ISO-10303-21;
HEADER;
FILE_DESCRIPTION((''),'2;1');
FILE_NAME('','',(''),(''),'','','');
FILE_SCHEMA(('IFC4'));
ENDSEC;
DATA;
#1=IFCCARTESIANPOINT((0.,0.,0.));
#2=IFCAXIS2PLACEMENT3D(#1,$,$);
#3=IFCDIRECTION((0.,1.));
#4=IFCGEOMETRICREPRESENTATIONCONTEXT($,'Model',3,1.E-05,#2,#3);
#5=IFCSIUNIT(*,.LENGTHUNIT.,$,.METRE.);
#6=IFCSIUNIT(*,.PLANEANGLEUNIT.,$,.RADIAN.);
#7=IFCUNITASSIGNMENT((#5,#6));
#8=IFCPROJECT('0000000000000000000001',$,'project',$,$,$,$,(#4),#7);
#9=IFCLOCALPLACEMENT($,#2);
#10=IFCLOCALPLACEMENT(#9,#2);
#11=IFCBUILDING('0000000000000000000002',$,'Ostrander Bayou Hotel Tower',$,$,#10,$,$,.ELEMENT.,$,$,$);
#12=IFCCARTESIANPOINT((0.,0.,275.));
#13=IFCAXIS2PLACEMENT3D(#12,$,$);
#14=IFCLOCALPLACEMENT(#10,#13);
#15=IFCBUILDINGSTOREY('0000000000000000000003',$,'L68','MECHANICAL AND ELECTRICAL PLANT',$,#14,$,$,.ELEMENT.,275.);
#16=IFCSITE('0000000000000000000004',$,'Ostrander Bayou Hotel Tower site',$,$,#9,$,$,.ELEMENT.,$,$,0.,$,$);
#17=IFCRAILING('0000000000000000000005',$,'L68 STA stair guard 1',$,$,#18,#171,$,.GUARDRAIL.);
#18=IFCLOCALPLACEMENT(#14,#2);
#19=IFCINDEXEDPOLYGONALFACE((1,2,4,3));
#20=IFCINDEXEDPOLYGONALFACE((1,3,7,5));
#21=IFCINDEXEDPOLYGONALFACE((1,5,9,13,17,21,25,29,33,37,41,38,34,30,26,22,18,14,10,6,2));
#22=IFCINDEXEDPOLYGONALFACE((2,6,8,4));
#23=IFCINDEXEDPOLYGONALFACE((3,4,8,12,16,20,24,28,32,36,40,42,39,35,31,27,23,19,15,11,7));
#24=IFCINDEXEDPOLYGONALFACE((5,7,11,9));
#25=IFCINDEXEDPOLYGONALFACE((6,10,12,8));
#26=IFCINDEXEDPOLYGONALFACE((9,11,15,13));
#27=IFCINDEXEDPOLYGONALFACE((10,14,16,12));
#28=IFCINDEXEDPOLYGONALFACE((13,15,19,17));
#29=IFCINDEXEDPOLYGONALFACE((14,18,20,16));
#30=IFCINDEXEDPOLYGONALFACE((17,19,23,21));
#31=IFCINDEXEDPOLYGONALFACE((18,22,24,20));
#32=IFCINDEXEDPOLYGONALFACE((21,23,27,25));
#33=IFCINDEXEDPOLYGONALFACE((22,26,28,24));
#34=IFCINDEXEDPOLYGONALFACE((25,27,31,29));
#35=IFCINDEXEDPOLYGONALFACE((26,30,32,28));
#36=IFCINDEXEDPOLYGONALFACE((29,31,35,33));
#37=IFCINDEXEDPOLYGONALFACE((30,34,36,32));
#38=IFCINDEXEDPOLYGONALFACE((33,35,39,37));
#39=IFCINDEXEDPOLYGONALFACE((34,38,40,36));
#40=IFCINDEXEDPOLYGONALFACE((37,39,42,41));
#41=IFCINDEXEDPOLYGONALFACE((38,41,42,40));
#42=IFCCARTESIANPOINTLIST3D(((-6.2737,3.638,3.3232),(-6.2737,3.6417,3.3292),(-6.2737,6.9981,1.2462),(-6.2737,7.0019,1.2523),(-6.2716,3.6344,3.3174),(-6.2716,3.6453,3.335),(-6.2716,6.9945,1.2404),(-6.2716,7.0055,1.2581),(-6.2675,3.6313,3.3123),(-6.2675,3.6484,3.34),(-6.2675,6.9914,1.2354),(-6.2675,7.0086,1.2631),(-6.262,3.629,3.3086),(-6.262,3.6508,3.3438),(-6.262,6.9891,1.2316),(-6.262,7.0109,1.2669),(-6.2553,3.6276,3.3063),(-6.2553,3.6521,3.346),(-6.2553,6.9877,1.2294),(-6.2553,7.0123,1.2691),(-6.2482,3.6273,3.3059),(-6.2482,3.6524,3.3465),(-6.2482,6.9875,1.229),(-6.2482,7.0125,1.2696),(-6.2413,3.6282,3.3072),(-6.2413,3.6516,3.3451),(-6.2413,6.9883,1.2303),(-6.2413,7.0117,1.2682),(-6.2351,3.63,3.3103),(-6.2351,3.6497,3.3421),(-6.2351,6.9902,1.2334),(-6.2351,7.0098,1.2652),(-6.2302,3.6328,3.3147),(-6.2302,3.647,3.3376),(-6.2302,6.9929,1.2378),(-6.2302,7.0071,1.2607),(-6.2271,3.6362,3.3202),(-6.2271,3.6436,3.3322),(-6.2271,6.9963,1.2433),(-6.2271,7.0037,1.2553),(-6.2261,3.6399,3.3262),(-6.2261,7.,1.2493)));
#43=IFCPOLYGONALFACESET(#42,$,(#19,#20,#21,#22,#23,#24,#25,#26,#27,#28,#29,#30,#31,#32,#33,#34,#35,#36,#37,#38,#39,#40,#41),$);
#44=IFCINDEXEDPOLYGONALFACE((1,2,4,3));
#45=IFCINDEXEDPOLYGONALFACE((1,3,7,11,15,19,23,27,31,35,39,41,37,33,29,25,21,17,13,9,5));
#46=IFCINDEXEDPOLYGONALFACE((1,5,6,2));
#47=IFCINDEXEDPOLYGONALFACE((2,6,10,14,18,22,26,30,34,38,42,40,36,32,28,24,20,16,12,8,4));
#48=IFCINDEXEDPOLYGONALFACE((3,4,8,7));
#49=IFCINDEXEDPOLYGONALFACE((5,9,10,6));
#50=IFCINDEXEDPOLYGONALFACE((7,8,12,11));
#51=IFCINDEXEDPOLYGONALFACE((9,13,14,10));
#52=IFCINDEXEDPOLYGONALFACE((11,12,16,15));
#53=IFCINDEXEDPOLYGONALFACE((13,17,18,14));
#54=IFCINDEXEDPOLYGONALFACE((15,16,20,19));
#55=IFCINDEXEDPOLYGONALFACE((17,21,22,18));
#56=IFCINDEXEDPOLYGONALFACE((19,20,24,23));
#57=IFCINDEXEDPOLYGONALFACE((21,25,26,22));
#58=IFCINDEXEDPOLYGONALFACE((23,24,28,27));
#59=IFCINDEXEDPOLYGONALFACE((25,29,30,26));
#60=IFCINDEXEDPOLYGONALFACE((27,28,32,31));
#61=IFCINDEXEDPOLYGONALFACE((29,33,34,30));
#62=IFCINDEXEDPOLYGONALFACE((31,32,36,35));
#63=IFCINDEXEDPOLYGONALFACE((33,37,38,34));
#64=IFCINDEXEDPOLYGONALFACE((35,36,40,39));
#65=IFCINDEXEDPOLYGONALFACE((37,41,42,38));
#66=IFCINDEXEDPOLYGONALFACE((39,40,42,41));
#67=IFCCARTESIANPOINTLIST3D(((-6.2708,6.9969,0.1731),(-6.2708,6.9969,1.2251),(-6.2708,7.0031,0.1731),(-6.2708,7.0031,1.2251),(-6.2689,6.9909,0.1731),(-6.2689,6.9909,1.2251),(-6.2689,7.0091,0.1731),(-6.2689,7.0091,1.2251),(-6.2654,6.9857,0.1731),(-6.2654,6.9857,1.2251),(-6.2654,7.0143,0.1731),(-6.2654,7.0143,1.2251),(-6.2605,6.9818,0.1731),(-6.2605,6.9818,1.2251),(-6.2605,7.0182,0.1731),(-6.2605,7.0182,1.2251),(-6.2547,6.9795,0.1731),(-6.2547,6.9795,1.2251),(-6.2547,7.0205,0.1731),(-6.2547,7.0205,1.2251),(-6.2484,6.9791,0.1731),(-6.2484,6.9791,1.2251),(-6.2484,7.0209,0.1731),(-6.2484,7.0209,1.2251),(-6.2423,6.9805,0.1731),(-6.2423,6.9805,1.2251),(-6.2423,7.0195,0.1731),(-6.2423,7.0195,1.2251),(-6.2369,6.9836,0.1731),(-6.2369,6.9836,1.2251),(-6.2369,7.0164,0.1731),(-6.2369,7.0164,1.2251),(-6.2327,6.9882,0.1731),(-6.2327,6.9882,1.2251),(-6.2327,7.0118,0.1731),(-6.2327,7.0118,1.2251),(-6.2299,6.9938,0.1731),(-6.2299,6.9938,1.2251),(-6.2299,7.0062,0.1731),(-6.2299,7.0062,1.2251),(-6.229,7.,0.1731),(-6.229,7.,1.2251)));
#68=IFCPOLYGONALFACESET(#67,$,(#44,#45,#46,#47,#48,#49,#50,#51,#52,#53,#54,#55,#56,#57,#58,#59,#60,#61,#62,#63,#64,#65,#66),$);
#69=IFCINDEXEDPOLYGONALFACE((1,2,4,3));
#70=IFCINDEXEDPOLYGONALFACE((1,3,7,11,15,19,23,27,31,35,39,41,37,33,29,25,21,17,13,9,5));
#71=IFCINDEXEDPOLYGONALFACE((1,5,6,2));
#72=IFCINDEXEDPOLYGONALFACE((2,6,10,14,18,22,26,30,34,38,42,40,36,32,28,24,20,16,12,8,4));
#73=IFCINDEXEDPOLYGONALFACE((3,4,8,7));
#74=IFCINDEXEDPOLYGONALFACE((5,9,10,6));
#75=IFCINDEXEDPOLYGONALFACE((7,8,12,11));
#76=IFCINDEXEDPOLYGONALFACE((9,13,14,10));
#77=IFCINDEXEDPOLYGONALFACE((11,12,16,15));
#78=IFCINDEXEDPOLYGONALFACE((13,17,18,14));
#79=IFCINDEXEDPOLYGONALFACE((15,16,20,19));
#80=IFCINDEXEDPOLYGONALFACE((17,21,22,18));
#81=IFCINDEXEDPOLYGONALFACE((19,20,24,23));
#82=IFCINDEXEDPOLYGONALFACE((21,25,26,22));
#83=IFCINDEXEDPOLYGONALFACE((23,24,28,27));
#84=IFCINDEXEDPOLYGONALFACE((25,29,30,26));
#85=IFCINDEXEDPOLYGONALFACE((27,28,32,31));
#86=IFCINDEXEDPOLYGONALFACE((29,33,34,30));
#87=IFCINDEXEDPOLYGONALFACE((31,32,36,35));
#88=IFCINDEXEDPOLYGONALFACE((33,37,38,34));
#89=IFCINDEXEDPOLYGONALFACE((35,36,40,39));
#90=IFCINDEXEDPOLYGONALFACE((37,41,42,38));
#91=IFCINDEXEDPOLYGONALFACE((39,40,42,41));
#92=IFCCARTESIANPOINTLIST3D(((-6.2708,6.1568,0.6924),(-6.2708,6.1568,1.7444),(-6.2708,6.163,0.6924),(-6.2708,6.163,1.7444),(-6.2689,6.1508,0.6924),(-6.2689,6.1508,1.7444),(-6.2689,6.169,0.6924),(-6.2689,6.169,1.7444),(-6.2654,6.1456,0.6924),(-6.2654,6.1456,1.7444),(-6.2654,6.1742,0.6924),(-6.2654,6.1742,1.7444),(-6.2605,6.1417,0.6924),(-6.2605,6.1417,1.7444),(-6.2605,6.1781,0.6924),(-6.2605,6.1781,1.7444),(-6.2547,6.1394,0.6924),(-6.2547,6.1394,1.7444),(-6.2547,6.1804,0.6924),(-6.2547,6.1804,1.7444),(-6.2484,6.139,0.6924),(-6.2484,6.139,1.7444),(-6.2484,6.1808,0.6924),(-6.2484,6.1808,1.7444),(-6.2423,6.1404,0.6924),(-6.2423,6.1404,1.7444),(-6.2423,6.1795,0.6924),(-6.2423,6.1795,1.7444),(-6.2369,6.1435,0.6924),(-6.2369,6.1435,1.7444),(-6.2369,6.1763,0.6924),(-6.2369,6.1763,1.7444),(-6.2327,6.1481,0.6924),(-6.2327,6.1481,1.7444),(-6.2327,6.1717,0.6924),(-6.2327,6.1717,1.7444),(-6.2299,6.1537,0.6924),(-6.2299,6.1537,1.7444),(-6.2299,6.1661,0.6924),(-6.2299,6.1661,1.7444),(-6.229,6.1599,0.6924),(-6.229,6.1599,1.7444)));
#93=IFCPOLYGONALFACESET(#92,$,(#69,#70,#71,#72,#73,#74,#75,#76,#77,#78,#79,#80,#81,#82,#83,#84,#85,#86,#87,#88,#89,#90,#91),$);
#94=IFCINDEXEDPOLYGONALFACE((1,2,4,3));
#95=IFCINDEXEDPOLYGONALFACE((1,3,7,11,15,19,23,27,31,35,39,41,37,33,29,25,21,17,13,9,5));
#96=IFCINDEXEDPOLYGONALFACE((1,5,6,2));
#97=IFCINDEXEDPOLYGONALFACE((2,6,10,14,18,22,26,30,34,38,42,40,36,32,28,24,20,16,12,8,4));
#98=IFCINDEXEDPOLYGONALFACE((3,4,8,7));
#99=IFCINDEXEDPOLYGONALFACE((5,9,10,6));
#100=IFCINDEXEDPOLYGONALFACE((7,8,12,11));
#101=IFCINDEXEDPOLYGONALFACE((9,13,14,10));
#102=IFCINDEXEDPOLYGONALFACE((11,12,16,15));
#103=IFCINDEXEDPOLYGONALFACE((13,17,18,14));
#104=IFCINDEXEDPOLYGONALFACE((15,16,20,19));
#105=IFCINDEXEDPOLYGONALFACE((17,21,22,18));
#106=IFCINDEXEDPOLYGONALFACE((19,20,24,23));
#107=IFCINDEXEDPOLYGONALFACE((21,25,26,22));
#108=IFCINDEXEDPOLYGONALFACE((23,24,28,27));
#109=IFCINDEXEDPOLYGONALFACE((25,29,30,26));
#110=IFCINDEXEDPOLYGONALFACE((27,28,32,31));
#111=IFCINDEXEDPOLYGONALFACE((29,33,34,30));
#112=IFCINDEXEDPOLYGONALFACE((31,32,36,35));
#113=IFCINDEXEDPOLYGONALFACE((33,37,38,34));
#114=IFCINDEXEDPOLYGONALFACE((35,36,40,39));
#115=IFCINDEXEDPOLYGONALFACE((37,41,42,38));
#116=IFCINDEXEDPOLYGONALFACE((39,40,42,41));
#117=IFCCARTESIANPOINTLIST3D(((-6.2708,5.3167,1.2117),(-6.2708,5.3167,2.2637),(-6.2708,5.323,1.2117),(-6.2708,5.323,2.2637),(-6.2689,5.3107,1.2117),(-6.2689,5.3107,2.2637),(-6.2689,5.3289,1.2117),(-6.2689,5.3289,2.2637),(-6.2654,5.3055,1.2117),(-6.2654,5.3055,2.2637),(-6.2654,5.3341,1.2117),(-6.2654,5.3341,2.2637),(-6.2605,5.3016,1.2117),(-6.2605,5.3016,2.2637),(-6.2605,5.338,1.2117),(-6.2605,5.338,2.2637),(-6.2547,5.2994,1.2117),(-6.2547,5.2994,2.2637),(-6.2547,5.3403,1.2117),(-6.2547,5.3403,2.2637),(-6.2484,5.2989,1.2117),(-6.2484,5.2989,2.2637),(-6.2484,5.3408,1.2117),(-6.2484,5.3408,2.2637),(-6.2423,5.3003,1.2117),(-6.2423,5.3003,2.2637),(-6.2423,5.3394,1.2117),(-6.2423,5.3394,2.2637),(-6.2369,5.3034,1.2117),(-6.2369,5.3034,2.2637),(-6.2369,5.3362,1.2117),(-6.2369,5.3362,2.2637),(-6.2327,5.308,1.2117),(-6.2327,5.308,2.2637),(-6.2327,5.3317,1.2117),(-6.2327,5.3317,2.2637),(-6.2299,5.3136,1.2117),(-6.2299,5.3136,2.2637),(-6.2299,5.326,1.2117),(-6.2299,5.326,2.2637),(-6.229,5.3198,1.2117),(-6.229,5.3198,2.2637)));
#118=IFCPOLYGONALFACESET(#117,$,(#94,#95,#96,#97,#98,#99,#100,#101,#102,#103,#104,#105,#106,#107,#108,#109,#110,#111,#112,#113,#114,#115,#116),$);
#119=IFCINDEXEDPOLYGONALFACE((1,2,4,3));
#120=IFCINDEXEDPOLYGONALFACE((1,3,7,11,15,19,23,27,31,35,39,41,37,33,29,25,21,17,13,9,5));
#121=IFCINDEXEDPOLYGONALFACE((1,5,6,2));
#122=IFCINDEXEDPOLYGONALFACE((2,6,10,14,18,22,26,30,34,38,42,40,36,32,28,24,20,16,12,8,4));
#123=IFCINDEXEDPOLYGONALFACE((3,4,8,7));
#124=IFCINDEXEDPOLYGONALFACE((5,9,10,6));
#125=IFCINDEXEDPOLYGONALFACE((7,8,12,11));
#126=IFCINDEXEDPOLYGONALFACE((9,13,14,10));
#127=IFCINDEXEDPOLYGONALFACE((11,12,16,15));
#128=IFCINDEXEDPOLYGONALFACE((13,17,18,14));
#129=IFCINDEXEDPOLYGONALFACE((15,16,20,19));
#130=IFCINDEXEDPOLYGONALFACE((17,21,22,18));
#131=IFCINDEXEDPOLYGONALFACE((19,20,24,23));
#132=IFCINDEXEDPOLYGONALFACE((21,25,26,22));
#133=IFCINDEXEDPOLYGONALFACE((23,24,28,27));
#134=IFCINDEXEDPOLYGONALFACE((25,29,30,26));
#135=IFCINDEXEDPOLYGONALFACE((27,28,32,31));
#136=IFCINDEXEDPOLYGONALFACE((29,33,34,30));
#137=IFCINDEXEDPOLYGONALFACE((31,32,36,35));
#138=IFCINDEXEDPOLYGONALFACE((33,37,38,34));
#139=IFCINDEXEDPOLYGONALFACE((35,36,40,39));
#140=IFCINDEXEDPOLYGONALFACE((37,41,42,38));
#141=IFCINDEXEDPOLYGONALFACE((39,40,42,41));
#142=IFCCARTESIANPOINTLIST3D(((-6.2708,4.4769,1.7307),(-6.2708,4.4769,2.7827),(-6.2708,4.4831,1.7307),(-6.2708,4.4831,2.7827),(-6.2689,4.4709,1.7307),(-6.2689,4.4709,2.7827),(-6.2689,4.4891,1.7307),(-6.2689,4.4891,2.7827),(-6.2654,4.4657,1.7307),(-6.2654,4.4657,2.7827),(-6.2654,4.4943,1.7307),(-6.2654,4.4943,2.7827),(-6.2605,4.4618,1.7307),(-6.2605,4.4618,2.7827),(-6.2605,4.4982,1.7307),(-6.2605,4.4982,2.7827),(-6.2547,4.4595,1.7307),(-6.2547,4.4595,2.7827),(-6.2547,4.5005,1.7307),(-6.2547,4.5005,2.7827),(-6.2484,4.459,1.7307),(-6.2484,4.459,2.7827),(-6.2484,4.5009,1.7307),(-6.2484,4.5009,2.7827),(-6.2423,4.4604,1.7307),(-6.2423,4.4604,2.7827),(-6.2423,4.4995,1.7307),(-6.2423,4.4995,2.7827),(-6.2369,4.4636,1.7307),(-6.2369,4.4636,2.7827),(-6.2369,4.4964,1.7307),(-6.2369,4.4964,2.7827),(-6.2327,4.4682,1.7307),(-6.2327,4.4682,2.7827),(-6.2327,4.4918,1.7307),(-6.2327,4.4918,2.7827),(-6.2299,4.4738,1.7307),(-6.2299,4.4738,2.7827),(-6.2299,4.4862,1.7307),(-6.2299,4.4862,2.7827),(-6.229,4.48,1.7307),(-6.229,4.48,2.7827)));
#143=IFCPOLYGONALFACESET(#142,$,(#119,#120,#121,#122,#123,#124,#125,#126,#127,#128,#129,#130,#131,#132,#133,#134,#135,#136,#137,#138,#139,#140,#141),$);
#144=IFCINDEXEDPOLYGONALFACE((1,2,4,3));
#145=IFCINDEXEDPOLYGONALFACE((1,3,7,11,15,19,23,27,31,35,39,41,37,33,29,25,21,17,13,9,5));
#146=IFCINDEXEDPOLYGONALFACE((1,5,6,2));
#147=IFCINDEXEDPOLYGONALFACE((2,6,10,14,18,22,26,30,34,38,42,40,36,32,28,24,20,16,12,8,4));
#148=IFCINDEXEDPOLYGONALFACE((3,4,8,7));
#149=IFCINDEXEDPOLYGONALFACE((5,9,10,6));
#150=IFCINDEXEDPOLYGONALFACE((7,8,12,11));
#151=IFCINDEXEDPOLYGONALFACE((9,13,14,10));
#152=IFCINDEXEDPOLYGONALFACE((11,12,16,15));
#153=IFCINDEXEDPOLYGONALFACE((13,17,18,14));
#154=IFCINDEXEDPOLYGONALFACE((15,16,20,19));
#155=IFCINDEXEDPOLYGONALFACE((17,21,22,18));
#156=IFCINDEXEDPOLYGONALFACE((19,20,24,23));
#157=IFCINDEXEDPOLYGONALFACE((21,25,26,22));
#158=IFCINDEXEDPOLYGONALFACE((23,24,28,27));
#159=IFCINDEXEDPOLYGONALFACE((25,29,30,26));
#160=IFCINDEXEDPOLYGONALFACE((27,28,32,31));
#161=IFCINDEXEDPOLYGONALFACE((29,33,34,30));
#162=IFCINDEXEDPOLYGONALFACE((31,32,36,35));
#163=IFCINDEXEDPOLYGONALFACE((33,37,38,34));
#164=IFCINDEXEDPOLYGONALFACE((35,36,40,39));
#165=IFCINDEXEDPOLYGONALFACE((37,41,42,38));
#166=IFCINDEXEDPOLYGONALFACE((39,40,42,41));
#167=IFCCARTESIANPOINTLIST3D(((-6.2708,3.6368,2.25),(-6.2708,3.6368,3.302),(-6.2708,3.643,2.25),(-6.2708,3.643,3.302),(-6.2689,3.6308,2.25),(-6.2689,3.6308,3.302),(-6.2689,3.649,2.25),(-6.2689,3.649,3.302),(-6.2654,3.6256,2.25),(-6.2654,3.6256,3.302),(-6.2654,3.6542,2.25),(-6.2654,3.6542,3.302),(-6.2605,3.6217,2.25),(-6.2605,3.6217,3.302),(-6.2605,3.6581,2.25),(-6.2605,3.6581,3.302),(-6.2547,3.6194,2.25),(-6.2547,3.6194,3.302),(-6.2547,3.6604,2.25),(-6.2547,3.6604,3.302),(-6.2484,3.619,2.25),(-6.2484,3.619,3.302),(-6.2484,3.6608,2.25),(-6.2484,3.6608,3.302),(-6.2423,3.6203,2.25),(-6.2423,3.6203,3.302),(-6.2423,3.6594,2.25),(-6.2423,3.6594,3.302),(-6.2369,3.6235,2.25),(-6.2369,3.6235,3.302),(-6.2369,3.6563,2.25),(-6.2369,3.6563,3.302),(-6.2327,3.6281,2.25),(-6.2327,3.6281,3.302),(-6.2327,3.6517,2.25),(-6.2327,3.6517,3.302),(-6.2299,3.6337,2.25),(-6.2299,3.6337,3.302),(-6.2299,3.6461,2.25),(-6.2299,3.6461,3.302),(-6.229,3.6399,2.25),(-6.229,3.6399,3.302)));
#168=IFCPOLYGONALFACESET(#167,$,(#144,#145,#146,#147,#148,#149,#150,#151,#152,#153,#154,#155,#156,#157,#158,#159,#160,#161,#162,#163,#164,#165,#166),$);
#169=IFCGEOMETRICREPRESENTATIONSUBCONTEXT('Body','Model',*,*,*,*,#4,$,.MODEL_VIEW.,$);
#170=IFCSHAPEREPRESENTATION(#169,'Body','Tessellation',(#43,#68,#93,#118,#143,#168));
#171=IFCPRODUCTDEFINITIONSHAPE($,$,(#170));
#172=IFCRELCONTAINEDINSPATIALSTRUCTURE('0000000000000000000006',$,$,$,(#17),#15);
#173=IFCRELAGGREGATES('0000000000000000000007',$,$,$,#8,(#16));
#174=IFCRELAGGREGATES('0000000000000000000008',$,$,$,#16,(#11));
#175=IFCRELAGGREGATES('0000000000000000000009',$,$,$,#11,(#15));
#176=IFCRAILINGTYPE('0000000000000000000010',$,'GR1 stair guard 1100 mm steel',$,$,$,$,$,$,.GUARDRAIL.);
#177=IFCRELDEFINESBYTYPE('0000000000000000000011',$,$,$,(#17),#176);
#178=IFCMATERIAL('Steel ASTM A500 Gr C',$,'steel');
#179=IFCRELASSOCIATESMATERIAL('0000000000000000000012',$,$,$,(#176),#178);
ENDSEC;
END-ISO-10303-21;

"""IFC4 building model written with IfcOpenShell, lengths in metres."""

from ifc_helpers import new_model, si_unit, direction, frame, origin, origin_2d, place, context, subcontext, project, spatial, circle, extrude, material, type_object, element, save


model = new_model("IFC4")

# Units and contexts
model_context = context("Model", 3, precision=1e-05, world=origin(), true_north=direction((0.0, 1.0)))
body_context = subcontext(model_context, "Body", "Model", "MODEL_VIEW")
ifc_project = project(units=[si_unit("LENGTHUNIT", "METRE"), si_unit("PLANEANGLEUNIT", "RADIAN")], contexts=[model_context])

# Site, building, storey
site_placement = place(None, origin())
site = spatial("IfcSite", under=ifc_project, at=site_placement, Name="Ostrander Bayou Hotel Tower site", CompositionType="ELEMENT", RefElevation=0.0)
building_placement = place(site_placement, origin())
building = spatial("IfcBuilding", under=site, at=building_placement, Name="Ostrander Bayou Hotel Tower", CompositionType="ELEMENT")
storey_placement = place(building_placement, frame((0.0, 0.0, 275.0)))
storey = spatial("IfcBuildingStorey", under=building, at=storey_placement, Name="L68", Description="MECHANICAL AND ELECTRICAL PLANT", CompositionType="ELEMENT", Elevation=275.0)

# Railing
ifc_material_1 = material(Name="Steel ASTM A500 Gr C", Category="steel")
railing_type_1 = type_object("IfcRailingType", Name="GR1 stair guard 1100 mm steel", PredefinedType="GUARDRAIL", material=ifc_material_1)
railing_1_placement = place(storey_placement, frame((-6.25, 7.0, 0.1731)))
element("IfcRailing", 1, at=railing_1_placement, inside=storey, type_object=railing_type_1, Name="L68 STA stair guard 1", PredefinedType="GUARDRAIL", context=body_context, shape_type="SweptSolid", body=[
    extrude(circle(Radius=0.0239, at=origin_2d()), frame((0.0, 0.0, 1.0762), z_axis=(0.0, -0.850623, 0.525776), x_axis=(1.0, 0.0, 0.0)), (0.0, 0.0, 1.0), 3.9502),
    extrude(circle(Radius=0.021, at=origin_2d()), origin(), (0.0, 0.0, 1.0), 1.052),
    extrude(circle(Radius=0.021, at=origin_2d()), frame((0.0, -0.8401, 0.5193)), (0.0, 0.0, 1.0), 1.052),
    extrude(circle(Radius=0.021, at=origin_2d()), frame((0.0, -1.6802, 1.0386)), (0.0, 0.0, 1.0), 1.052),
    extrude(circle(Radius=0.021, at=origin_2d()), frame((0.0, -2.52, 1.5576)), (0.0, 0.0, 1.0), 1.052),
    extrude(circle(Radius=0.021, at=origin_2d()), frame((0.0, -3.3601, 2.0769)), (0.0, 0.0, 1.0), 1.052),
])

save(model, "model.ifc")
